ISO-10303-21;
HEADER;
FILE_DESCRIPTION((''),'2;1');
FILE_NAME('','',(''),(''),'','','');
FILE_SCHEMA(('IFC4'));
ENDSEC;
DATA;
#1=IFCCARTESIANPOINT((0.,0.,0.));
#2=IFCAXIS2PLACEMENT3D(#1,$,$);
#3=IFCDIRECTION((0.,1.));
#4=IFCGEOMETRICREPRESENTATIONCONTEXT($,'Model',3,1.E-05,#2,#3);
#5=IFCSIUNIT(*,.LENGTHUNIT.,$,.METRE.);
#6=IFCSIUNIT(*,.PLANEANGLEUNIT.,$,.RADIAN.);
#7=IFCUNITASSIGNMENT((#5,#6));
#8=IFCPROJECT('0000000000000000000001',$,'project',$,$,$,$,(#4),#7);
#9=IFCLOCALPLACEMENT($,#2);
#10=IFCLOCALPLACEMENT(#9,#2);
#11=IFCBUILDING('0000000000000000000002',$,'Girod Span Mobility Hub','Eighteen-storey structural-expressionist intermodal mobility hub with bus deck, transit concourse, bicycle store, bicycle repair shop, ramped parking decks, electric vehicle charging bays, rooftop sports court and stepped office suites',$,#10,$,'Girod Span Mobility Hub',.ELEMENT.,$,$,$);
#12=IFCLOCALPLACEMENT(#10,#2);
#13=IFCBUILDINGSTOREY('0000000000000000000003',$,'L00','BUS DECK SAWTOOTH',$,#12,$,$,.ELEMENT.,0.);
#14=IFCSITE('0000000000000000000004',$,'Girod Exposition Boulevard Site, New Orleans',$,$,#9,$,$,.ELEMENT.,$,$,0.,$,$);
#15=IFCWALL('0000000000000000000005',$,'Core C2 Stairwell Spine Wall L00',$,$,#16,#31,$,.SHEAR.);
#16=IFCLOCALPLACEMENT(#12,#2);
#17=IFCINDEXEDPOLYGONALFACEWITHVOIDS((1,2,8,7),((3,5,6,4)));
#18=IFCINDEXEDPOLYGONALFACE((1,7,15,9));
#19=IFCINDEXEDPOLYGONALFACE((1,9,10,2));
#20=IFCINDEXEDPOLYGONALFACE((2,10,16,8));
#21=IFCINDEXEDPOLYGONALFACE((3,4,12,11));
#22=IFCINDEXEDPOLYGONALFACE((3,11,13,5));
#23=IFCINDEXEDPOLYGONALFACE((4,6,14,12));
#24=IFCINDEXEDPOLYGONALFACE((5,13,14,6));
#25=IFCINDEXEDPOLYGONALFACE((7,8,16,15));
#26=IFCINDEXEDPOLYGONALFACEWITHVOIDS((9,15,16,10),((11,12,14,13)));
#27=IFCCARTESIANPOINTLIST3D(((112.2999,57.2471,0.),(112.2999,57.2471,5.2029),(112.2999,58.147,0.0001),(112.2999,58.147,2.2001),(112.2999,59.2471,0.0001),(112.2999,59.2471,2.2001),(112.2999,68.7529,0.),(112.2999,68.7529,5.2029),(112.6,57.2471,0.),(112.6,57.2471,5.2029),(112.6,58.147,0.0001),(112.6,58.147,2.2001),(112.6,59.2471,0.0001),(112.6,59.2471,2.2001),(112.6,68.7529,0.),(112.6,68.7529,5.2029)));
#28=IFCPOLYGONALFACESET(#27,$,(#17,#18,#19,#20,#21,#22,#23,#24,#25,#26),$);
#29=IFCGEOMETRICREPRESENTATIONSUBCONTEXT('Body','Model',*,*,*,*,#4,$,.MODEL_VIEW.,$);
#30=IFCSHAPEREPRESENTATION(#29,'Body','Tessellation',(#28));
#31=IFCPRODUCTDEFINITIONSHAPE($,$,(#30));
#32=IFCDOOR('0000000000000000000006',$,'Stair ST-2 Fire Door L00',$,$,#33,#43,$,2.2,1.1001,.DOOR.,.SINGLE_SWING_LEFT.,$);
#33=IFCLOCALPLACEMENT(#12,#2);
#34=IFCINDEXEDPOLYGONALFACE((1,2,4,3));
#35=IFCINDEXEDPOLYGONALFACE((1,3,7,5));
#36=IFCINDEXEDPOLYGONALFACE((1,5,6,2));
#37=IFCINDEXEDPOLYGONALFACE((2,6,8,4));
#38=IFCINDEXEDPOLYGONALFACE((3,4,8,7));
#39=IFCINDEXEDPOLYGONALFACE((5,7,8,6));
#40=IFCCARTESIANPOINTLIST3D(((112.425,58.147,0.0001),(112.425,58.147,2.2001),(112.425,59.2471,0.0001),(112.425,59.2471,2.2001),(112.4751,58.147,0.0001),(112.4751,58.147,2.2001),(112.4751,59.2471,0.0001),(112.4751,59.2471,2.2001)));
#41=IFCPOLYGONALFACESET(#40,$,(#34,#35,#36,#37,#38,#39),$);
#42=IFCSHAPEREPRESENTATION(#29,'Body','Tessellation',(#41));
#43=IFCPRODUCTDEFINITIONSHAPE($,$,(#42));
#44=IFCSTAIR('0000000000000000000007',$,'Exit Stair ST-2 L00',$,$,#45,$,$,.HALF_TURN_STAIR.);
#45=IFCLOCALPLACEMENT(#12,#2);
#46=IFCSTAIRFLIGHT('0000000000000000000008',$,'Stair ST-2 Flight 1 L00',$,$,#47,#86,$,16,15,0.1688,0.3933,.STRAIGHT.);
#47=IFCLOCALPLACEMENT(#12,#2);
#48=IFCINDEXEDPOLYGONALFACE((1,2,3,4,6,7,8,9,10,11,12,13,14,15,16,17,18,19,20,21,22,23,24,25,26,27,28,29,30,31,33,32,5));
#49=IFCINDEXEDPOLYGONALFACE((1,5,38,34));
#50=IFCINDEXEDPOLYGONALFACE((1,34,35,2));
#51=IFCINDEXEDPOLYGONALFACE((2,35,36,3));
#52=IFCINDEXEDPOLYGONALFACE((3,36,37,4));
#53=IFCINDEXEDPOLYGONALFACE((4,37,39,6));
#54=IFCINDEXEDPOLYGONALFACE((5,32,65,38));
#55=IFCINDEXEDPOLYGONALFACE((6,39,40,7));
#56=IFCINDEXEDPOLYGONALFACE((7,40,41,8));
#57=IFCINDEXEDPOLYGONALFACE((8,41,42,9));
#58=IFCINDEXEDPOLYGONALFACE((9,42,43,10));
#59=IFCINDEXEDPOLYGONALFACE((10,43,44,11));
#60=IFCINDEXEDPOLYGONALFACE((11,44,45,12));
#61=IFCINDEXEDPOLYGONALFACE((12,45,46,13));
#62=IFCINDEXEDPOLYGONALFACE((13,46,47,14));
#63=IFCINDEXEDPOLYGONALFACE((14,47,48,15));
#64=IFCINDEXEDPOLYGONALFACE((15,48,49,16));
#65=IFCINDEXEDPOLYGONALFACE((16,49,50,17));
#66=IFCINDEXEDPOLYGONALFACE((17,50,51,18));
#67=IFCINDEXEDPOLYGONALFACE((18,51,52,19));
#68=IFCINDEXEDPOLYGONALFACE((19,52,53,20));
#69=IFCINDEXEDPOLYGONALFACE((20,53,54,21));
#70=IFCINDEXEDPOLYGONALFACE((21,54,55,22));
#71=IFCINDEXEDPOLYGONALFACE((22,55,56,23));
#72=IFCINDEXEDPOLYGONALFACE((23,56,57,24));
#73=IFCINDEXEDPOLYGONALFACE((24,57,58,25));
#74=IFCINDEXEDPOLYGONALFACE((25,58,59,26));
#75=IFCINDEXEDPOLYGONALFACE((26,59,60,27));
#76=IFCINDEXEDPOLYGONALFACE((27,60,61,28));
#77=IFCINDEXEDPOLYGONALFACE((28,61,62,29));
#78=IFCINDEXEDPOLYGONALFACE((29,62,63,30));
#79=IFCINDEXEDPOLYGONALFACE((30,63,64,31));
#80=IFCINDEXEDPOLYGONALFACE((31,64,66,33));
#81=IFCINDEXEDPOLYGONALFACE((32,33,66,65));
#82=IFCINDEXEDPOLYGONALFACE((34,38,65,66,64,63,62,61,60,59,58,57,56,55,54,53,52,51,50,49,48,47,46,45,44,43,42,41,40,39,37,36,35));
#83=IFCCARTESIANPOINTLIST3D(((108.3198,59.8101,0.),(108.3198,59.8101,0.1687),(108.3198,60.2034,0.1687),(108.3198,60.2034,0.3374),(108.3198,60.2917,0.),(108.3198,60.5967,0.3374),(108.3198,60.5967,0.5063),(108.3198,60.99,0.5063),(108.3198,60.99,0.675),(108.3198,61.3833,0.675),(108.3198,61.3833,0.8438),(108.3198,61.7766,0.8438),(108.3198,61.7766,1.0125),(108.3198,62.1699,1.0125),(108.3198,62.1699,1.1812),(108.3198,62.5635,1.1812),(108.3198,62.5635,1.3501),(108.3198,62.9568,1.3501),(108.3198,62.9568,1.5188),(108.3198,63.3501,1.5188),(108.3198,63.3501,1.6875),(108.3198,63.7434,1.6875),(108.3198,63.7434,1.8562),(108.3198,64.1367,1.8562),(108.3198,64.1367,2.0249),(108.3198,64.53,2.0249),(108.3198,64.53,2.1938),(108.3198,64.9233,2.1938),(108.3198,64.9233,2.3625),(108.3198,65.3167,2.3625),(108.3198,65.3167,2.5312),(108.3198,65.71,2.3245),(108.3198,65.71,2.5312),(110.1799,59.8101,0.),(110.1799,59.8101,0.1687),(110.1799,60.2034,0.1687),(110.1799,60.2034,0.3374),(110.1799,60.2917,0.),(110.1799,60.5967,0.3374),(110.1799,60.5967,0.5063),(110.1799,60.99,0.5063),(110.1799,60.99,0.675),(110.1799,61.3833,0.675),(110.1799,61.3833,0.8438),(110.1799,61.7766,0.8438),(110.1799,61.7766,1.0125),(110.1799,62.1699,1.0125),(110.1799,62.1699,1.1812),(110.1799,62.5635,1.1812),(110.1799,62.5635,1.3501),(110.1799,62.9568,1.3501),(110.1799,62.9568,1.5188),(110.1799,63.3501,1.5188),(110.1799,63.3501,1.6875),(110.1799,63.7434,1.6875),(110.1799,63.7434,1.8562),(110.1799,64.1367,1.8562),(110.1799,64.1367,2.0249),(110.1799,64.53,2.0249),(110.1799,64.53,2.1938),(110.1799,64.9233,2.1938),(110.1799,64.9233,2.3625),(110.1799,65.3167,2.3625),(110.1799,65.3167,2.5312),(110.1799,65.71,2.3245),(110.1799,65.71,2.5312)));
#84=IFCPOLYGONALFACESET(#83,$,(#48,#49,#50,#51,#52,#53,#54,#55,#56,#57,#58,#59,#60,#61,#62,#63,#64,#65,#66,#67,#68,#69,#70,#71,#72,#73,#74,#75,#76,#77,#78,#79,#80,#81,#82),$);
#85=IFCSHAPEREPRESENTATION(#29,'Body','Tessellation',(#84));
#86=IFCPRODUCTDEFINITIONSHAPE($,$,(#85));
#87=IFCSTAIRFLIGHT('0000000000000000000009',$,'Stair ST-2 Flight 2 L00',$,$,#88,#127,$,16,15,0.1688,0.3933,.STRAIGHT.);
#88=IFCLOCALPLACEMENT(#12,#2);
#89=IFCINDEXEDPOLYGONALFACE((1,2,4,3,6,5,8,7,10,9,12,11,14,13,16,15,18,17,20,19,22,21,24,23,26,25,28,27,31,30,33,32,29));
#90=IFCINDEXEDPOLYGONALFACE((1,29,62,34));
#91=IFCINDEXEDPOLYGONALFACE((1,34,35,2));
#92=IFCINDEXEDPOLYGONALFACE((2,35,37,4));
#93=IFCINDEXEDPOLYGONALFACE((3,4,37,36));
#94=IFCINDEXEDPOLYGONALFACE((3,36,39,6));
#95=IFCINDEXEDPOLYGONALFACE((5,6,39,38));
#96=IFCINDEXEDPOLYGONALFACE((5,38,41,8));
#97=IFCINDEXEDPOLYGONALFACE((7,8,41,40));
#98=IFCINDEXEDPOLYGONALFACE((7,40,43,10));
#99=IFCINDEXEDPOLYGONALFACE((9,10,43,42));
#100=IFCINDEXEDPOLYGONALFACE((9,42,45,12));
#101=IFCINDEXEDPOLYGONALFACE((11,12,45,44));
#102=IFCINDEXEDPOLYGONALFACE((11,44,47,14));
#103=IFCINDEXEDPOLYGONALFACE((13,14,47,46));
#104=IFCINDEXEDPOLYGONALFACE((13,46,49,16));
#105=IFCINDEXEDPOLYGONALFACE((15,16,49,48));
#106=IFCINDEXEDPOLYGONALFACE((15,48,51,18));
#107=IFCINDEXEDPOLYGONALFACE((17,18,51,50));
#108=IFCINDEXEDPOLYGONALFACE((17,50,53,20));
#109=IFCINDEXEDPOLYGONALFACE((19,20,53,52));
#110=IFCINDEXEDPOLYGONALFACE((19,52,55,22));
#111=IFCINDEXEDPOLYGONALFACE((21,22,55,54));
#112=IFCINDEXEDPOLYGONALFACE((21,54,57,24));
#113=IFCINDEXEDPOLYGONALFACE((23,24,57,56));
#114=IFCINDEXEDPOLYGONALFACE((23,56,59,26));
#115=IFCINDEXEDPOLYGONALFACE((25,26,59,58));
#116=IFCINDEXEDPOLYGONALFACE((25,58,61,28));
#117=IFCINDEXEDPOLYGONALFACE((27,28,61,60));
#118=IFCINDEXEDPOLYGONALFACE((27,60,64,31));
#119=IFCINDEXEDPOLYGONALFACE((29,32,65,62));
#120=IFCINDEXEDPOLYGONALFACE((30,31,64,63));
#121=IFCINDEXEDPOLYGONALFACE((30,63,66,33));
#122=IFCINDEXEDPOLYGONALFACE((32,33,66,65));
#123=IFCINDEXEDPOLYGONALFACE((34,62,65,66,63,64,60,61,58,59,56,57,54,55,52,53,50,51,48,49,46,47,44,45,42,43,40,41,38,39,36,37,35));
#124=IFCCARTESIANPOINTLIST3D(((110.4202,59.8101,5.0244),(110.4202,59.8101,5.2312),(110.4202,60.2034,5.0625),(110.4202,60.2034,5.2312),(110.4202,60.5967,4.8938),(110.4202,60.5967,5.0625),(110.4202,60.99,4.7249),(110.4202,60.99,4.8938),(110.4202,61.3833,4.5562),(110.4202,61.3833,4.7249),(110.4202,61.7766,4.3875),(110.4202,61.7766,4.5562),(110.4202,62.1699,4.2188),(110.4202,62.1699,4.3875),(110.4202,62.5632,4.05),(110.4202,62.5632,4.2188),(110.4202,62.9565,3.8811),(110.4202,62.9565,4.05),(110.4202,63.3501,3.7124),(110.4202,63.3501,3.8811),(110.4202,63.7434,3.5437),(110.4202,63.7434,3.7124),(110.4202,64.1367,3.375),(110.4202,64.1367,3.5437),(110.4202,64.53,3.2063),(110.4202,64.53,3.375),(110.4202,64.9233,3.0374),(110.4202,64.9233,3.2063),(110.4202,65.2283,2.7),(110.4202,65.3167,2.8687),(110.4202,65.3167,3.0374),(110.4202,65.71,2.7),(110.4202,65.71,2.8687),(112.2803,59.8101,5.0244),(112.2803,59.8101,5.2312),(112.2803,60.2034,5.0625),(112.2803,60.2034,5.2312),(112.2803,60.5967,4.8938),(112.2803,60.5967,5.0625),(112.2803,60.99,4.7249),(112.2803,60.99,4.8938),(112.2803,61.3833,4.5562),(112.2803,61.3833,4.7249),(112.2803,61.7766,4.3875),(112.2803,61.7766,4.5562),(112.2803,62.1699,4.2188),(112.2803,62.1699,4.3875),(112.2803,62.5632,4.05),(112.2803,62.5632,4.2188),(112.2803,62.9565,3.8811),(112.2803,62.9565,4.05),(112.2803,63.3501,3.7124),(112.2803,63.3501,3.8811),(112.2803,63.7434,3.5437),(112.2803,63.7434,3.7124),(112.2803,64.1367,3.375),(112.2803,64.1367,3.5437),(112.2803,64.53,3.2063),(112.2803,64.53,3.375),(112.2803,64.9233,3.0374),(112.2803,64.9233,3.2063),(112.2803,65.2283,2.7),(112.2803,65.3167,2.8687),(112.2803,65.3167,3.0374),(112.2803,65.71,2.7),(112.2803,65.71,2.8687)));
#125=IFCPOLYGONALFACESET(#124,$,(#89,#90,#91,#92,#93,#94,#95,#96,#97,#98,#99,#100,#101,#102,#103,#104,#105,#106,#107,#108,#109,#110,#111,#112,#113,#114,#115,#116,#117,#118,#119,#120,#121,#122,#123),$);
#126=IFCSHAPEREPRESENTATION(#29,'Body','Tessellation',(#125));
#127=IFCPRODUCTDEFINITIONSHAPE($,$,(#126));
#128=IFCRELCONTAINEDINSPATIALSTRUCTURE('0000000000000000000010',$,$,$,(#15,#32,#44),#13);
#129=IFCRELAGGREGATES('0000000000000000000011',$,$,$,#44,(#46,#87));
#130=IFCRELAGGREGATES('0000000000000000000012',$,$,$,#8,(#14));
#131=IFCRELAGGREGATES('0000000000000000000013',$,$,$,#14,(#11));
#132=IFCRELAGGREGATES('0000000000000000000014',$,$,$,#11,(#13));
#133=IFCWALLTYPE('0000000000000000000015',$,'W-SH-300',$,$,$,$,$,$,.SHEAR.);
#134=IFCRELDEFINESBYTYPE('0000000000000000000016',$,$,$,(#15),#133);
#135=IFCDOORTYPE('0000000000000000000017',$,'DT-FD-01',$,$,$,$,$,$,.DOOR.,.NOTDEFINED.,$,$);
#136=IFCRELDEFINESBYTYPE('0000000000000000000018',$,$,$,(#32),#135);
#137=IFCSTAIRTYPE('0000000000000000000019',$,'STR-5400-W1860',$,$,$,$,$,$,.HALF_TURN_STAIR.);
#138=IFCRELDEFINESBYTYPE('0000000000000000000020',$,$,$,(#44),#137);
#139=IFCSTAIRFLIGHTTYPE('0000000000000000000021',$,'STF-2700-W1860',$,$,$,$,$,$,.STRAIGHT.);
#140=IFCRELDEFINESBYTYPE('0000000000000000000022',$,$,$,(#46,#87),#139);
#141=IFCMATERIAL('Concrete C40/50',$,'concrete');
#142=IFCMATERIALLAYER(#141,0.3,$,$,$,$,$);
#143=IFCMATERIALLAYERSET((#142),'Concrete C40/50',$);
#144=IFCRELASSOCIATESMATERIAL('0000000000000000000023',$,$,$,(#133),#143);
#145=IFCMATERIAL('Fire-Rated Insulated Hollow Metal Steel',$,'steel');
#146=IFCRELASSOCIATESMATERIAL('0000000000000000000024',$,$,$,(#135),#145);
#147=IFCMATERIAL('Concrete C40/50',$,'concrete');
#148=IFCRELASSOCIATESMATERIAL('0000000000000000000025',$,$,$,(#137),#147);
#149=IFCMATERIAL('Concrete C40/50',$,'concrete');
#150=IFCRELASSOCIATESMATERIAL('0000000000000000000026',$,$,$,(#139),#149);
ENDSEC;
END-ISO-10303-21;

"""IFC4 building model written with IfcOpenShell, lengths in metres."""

from ifc_helpers import new_model, si_unit, direction, frame, frame_2d, origin, place, context, subcontext, project, spatial, polyline, rectangle, outline, extrude, material, layer, layer_set, type_object, element, fill, aggregate, save


model = new_model("IFC4")

# Units and contexts
model_context = context("Model", 3, precision=1e-05, world=origin(), true_north=direction((0.0, 1.0)))
body_context = subcontext(model_context, "Body", "Model", "MODEL_VIEW")
ifc_project = project(units=[si_unit("LENGTHUNIT", "METRE"), si_unit("PLANEANGLEUNIT", "RADIAN")], contexts=[model_context])

# Site, building, storey
site_placement = place(None, origin())
site = spatial("IfcSite", under=ifc_project, at=site_placement, Name="Girod Exposition Boulevard Site, New Orleans", CompositionType="ELEMENT", RefElevation=0.0)
building_placement = place(site_placement, origin())
building = spatial("IfcBuilding", under=site, at=building_placement, Name="Girod Span Mobility Hub", Description="Eighteen-storey structural-expressionist intermodal mobility hub with bus deck, transit concourse, bicycle store, bicycle repair shop, ramped parking decks, electric vehicle charging bays, rooftop sports court and stepped office suites", LongName="Girod Span Mobility Hub", CompositionType="ELEMENT")
storey_placement = place(building_placement, origin())
storey = spatial("IfcBuildingStorey", under=building, at=storey_placement, Name="L00", Description="BUS DECK SAWTOOTH", CompositionType="ELEMENT", Elevation=0.0)

# Wall, opening, door
ifc_material_1 = material(Name="Concrete C40/50", Category="concrete")
ifc_layer_1 = layer(ifc_material_1, 0.3)
ifc_layer_set_1 = layer_set([ifc_layer_1], Name="Concrete C40/50")
wall_type_1 = type_object("IfcWallType", Name="W-SH-300", PredefinedType="SHEAR", material=ifc_layer_set_1)
wall_1_placement = place(storey_placement, frame((112.45, 57.2471, 0.0), z_axis=(0.0, 0.0, 1.0), x_axis=(0.0, 1.0, 0.0)))
wall_1 = element("IfcWall", 1, at=wall_1_placement, inside=storey, type_object=wall_type_1, Name="Core C2 Stairwell Spine Wall L00", PredefinedType="SHEAR", context=body_context, shape_type="SweptSolid", body=[
    extrude(rectangle(XDim=11.5059, YDim=0.3, at=frame_2d((5.7529, 0.0))), origin(), (0.0, 0.0, 1.0), 5.2029),
])
opening_1_placement = place(wall_1_placement, frame((0.8999, 0.0, 0.0)))
opening_1 = element("IfcOpeningElement", 2, at=opening_1_placement, cuts=wall_1, PredefinedType="OPENING", context=body_context, shape_type="SweptSolid", body=[
    extrude(rectangle(XDim=1.1001, YDim=2.2, at=frame_2d((0.55, 1.1001))), frame((0.0, 0.165, 0.0), z_axis=(0.0, -1.0, 0.0), x_axis=(1.0, 0.0, 0.0)), (0.0, 0.0, 1.0), 0.3301),
])
ifc_material_2 = material(Name="Fire-Rated Insulated Hollow Metal Steel", Category="steel")
door_type_1 = type_object("IfcDoorType", Name="DT-FD-01", OperationType="NOTDEFINED", PredefinedType="DOOR", material=ifc_material_2)
door_1_placement = place(opening_1_placement, origin())
door_1 = element("IfcDoor", 3, at=door_1_placement, inside=storey, type_object=door_type_1, Name="Stair ST-2 Fire Door L00", OperationType="SINGLE_SWING_LEFT", OverallHeight=2.2, OverallWidth=1.1001, PredefinedType="DOOR", context=body_context, shape_type="SweptSolid", body=[
    extrude(rectangle(XDim=1.1001, YDim=2.2, at=frame_2d((0.55, 1.1001))), frame((0.0, 0.0249, 0.0), z_axis=(0.0, -1.0, 0.0), x_axis=(1.0, 0.0, 0.0)), (0.0, 0.0, 1.0), 0.05),
])
fill(opening_1, door_1)

# Stair, stair flights
ifc_material_3 = material(Name="Concrete C40/50", Category="concrete")
stair_type = type_object("IfcStairType", Name="STR-5400-W1860", PredefinedType="HALF_TURN_STAIR", material=ifc_material_3)
stair_placement = place(storey_placement, origin())
stair = element("IfcStair", 4, at=stair_placement, inside=storey, type_object=stair_type, Name="Exit Stair ST-2 L00", PredefinedType="HALF_TURN_STAIR")
ifc_material_4 = material(Name="Concrete C40/50", Category="concrete")
stair_flight_type = type_object("IfcStairFlightType", Name="STF-2700-W1860", PredefinedType="STRAIGHT", material=ifc_material_4)
stair_flight_1_placement = place(storey_placement, frame((109.25, 59.8101, 0.0), z_axis=(0.0, 0.0, 1.0), x_axis=(0.0, 1.0, 0.0)))
stair_flight_1 = element("IfcStairFlight", 5, at=stair_flight_1_placement, type_object=stair_flight_type, Name="Stair ST-2 Flight 1 L00", NumberOfRisers=16, NumberOfTreads=15, PredefinedType="STRAIGHT", RiserHeight=0.1688, TreadLength=0.3933, context=body_context, shape_type="SweptSolid", body=[
    extrude(outline(polyline([(0.0, 0.0), (0.0, 0.1687), (0.3933, 0.1687), (0.3933, 0.3374), (0.7866, 0.3374), (0.7866, 0.5063), (1.1799, 0.5063), (1.1799, 0.675), (1.5732, 0.675), (1.5732, 0.8438), (1.9666, 0.8438), (1.9666, 1.0125), (2.3599, 1.0125), (2.3599, 1.1812), (2.7534, 1.1812), (2.7534, 1.3501), (3.1467, 1.3501), (3.1467, 1.5188), (3.54, 1.5188), (3.54, 1.6875), (3.9333, 1.6875), (3.9333, 1.8562), (4.3267, 1.8562), (4.3267, 2.0249), (4.72, 2.0249), (4.72, 2.1938), (5.1133, 2.1938), (5.1133, 2.3625), (5.5066, 2.3625), (5.5066, 2.5312), (5.8999, 2.5312), (5.8999, 2.7), (5.8999, 2.3245), (0.4817, 0.0), (0.0, 0.0)])), frame((0.0, 0.9302, 0.0), z_axis=(0.0, -1.0, 0.0), x_axis=(1.0, 0.0, 0.0)), (0.0, 0.0, 1.0), 1.8601),
])
stair_flight_2_placement = place(storey_placement, frame((111.3501, 65.71, 2.7), z_axis=(0.0, 0.0, 1.0), x_axis=(0.0, -1.0, 0.0)))
stair_flight_2 = element("IfcStairFlight", 6, at=stair_flight_2_placement, type_object=stair_flight_type, Name="Stair ST-2 Flight 2 L00", NumberOfRisers=16, NumberOfTreads=15, PredefinedType="STRAIGHT", RiserHeight=0.1688, TreadLength=0.3933, context=body_context, shape_type="SweptSolid", body=[
    extrude(outline(polyline([(0.0, 0.0), (0.0, 0.1687), (0.3933, 0.1687), (0.3933, 0.3374), (0.7866, 0.3374), (0.7866, 0.5063), (1.1799, 0.5063), (1.1799, 0.675), (1.5732, 0.675), (1.5732, 0.8438), (1.9666, 0.8438), (1.9666, 1.0125), (2.3599, 1.0125), (2.3599, 1.1812), (2.7534, 1.1812), (2.7534, 1.3501), (3.1467, 1.3501), (3.1467, 1.5188), (3.54, 1.5188), (3.54, 1.6875), (3.9333, 1.6875), (3.9333, 1.8562), (4.3267, 1.8562), (4.3267, 2.0249), (4.72, 2.0249), (4.72, 2.1938), (5.1133, 2.1938), (5.1133, 2.3625), (5.5066, 2.3625), (5.5066, 2.5312), (5.8999, 2.5312), (5.8999, 2.7), (5.8999, 2.3245), (0.4817, 0.0), (0.0, 0.0)])), frame((0.0, 0.9302, 0.0), z_axis=(0.0, -1.0, 0.0), x_axis=(1.0, 0.0, 0.0)), (0.0, 0.0, 1.0), 1.8601),
])
aggregate(stair, [stair_flight_1, stair_flight_2])

save(model, "model.ifc")
